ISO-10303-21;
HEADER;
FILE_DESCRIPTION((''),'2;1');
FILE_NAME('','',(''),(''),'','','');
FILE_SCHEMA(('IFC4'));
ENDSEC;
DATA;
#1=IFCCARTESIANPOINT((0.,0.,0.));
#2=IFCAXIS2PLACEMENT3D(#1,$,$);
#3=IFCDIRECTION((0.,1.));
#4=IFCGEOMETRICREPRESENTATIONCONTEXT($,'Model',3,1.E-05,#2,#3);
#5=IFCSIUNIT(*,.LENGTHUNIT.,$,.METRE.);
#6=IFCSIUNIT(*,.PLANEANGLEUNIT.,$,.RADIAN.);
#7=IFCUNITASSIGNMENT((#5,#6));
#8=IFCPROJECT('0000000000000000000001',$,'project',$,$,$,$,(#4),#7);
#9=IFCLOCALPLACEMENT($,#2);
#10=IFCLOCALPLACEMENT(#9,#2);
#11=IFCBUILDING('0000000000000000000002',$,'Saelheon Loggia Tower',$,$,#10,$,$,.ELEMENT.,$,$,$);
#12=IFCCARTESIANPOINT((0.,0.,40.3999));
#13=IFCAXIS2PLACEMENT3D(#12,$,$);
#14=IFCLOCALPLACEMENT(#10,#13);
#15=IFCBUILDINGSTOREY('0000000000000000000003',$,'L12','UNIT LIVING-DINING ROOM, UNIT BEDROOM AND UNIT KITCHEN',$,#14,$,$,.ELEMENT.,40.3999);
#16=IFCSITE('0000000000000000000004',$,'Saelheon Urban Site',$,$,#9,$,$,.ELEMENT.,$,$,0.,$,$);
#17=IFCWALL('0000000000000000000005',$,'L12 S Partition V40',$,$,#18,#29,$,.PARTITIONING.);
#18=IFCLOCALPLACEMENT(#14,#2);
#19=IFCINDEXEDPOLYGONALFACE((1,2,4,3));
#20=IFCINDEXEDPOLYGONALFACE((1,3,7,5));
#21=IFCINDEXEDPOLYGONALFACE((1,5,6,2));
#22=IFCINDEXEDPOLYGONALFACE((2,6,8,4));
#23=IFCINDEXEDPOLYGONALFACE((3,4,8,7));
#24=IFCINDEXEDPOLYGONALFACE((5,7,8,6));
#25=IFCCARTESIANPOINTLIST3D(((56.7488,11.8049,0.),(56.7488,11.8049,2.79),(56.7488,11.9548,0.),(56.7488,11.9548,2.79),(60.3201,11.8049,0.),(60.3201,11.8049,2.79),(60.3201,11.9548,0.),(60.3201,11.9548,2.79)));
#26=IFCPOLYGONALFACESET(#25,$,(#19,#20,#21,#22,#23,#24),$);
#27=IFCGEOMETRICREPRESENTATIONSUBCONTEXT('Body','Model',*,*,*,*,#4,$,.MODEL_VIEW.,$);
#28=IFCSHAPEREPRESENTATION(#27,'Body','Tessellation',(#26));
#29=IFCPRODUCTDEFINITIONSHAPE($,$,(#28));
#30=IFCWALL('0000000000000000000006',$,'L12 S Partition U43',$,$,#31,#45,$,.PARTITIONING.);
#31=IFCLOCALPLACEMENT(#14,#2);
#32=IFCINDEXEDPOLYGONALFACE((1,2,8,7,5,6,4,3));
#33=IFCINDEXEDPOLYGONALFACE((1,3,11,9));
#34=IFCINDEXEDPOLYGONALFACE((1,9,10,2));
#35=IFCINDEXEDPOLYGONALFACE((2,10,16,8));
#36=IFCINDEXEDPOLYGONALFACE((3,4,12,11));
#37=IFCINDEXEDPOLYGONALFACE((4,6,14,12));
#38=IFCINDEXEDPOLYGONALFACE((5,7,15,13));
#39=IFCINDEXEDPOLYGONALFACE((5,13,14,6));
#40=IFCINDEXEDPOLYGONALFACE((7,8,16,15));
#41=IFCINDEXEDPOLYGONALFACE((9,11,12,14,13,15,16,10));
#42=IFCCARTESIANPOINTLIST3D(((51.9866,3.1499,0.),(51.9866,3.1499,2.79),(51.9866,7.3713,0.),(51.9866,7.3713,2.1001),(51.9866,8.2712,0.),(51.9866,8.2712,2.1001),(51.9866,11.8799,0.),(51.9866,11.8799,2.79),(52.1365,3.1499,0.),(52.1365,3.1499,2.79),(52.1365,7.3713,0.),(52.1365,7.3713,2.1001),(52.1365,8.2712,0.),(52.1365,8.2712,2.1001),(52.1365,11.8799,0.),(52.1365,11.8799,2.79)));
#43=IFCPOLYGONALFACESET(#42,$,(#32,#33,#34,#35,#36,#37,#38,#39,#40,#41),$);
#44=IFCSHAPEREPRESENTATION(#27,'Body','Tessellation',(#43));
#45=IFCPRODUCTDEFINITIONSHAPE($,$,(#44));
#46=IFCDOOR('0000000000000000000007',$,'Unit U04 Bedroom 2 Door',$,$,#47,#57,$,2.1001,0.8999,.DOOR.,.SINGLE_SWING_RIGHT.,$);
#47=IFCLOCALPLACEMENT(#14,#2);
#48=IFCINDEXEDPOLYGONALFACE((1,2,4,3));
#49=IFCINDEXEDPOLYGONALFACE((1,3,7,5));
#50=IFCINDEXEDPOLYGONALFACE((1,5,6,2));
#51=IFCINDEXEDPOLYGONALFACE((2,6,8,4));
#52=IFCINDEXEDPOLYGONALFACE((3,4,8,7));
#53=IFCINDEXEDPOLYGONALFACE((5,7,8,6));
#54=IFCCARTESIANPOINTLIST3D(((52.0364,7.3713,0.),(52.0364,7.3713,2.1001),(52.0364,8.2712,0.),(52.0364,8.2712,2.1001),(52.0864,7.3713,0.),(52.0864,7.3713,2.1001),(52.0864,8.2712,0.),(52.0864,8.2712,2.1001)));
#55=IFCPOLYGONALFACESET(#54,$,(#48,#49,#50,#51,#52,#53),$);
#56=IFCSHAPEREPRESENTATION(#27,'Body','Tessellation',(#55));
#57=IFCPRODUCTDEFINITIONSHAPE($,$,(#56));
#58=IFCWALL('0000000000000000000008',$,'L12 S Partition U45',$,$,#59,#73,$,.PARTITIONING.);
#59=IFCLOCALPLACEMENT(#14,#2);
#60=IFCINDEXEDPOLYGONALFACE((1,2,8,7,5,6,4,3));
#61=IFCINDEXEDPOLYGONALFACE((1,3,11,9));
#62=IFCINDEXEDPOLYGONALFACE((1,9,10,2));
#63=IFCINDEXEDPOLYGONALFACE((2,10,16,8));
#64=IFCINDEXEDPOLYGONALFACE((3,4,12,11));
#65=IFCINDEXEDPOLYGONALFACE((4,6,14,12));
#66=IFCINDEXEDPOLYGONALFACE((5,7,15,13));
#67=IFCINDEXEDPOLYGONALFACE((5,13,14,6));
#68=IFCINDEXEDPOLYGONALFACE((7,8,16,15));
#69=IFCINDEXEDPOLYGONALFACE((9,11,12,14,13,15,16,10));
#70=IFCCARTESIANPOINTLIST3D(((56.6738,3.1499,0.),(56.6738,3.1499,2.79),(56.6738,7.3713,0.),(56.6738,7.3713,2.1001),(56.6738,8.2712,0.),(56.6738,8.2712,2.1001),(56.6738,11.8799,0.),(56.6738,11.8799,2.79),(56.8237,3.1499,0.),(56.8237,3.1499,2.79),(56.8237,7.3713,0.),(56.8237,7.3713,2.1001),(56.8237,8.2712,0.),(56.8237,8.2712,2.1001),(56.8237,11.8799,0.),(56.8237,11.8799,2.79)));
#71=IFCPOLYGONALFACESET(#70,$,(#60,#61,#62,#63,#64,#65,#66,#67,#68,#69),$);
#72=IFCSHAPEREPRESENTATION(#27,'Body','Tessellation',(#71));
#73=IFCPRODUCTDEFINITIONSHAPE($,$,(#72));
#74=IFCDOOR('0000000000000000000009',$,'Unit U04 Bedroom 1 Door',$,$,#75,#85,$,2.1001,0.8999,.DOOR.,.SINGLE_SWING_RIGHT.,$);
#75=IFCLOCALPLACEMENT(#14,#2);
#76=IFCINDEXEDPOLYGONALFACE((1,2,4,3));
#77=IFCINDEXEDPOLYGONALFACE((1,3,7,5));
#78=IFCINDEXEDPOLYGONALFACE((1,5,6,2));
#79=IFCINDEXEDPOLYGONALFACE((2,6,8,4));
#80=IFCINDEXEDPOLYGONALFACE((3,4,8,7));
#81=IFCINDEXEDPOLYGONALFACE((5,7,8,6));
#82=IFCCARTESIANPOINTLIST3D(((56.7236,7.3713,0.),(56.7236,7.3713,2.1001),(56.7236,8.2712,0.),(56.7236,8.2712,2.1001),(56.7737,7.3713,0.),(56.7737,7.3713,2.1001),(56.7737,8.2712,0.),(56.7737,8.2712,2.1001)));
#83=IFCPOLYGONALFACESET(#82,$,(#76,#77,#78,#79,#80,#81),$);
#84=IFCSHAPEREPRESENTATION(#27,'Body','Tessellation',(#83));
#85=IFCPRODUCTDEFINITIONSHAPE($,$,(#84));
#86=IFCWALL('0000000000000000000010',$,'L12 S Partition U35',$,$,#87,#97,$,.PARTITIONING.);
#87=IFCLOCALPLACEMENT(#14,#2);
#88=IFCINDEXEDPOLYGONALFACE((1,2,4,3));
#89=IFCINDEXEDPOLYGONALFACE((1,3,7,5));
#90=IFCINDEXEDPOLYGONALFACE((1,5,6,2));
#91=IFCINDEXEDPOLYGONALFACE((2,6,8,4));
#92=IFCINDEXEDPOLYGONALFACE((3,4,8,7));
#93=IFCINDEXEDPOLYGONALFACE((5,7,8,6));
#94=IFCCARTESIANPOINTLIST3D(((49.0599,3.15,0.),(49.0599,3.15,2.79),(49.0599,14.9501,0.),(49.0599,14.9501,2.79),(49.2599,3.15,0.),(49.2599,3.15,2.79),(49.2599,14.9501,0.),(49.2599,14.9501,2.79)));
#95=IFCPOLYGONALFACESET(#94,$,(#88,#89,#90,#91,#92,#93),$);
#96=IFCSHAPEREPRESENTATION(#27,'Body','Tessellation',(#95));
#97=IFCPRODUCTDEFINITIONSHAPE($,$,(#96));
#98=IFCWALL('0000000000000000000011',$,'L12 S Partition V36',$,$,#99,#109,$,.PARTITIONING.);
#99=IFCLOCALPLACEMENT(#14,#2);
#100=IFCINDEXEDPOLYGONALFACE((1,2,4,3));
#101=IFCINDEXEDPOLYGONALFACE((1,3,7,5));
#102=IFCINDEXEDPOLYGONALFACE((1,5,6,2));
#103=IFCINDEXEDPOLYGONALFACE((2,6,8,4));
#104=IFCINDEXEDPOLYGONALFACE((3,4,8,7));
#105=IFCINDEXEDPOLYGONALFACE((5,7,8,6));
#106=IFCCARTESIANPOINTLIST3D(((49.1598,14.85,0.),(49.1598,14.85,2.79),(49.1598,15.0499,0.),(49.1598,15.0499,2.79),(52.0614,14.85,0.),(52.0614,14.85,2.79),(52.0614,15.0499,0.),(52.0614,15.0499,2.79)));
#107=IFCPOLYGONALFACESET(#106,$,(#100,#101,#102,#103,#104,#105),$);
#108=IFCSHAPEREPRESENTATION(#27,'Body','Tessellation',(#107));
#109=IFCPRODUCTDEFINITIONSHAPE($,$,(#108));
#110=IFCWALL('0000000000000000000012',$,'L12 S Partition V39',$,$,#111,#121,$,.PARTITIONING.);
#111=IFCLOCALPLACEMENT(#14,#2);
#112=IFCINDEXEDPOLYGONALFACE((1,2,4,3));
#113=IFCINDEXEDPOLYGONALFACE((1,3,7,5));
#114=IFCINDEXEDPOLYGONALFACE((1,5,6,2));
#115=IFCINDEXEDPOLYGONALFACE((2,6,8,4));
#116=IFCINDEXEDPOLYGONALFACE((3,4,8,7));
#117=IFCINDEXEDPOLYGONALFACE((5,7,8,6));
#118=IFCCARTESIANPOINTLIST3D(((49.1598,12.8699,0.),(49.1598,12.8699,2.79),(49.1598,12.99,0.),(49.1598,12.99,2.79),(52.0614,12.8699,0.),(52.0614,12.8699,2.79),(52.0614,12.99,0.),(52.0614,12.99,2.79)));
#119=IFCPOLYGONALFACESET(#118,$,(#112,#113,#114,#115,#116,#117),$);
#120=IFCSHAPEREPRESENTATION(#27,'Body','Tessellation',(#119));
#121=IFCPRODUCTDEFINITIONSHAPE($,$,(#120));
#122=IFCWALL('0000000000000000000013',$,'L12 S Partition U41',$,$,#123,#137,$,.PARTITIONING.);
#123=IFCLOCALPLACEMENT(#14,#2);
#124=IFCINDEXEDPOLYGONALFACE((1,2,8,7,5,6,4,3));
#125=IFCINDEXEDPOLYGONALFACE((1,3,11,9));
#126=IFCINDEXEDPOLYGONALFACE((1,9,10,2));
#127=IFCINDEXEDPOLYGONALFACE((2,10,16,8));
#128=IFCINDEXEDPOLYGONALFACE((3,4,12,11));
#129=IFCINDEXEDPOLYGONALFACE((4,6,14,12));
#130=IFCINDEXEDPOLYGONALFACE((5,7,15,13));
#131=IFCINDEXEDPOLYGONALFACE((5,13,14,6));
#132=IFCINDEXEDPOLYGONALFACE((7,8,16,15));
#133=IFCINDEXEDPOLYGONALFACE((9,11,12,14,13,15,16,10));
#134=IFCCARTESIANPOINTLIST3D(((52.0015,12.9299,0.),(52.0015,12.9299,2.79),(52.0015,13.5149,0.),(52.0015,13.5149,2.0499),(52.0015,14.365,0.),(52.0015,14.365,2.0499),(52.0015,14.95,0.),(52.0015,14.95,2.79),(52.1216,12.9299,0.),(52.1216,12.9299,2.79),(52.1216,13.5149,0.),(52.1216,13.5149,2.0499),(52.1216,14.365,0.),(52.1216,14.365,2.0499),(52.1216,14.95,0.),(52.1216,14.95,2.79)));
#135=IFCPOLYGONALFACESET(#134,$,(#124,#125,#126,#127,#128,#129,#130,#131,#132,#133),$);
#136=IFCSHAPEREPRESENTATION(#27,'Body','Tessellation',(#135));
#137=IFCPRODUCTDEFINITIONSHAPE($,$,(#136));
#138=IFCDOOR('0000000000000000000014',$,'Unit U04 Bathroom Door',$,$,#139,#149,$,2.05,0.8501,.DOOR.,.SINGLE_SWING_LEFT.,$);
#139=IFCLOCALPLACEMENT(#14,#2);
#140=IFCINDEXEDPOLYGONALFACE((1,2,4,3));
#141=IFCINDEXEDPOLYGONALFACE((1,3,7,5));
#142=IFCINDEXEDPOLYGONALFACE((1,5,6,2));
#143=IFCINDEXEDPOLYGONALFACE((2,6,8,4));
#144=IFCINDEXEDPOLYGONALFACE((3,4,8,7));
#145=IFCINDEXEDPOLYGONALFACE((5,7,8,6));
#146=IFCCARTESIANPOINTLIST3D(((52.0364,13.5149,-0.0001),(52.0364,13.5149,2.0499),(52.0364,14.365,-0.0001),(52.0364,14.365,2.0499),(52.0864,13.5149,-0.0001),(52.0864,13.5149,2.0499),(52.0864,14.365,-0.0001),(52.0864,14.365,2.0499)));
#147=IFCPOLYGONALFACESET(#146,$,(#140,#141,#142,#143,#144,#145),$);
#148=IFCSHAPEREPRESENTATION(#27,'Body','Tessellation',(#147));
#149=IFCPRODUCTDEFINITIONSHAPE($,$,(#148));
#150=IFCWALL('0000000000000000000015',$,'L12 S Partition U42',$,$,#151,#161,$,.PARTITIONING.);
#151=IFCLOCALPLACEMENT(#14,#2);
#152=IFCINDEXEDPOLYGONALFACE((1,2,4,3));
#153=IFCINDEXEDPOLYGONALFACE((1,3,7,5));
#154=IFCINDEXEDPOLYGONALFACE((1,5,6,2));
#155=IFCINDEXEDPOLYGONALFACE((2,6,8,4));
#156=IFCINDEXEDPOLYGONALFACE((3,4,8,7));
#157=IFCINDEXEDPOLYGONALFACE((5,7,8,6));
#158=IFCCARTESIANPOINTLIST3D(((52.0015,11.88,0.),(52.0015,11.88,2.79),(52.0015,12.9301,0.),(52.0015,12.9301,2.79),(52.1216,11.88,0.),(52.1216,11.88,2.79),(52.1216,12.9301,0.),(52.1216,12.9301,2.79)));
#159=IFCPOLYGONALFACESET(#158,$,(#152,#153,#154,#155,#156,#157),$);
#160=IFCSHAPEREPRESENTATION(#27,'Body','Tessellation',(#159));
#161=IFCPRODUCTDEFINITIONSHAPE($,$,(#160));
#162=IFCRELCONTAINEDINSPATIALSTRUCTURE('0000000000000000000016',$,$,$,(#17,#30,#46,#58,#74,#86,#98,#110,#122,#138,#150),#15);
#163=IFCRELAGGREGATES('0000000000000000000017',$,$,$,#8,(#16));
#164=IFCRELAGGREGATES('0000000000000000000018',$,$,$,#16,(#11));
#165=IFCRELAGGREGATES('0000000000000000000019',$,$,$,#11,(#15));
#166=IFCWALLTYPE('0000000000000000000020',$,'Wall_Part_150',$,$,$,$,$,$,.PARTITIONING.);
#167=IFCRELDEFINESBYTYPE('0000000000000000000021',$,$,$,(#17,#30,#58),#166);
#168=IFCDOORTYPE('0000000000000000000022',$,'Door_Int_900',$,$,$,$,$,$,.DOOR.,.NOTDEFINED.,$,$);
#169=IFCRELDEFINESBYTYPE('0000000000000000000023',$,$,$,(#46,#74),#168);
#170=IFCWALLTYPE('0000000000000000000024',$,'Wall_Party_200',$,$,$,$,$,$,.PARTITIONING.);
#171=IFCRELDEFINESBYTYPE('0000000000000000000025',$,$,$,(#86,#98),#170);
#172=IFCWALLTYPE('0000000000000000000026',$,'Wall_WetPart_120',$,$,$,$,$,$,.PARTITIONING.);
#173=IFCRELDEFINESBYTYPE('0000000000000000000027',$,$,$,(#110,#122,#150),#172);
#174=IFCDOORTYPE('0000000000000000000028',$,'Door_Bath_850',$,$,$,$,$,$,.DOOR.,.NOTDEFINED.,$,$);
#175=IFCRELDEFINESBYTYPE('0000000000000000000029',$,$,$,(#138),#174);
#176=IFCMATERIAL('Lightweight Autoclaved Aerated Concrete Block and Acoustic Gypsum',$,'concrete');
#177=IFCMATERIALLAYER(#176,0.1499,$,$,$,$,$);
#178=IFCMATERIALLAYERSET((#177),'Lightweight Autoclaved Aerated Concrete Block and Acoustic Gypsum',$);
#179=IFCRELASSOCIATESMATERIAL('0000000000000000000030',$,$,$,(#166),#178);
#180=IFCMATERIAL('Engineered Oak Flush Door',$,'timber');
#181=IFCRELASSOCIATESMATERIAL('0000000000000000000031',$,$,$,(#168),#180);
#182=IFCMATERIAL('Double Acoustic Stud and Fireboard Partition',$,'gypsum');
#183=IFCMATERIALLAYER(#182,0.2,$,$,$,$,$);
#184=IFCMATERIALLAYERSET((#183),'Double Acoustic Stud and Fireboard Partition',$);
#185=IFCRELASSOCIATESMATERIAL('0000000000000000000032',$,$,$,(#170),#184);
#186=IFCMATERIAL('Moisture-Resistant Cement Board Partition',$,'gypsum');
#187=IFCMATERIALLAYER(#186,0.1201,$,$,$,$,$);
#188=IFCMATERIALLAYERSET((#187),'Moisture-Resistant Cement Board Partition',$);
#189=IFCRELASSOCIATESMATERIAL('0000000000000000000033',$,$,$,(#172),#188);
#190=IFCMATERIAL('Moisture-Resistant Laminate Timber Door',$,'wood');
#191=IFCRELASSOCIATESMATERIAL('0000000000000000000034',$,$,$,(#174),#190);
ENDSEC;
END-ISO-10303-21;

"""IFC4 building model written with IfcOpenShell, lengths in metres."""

from ifc_helpers import new_model, si_unit, direction, frame, frame_2d, origin, place, context, subcontext, project, spatial, rectangle, extrude, source, transform, mapped, material, layer, layer_set, type_object, element, fill, save


model = new_model("IFC4")

# Units and contexts
model_context = context("Model", 3, precision=1e-05, world=origin(), true_north=direction((0.0, 1.0)))
body_context = subcontext(model_context, "Body", "Model", "MODEL_VIEW")
ifc_project = project(units=[si_unit("LENGTHUNIT", "METRE"), si_unit("PLANEANGLEUNIT", "RADIAN")], contexts=[model_context])

# Site, building, storey
site_placement = place(None, origin())
site = spatial("IfcSite", under=ifc_project, at=site_placement, Name="Saelheon Urban Site", CompositionType="ELEMENT", RefElevation=0.0)
building_placement = place(site_placement, origin())
building = spatial("IfcBuilding", under=site, at=building_placement, Name="Saelheon Loggia Tower", CompositionType="ELEMENT")
storey_placement = place(building_placement, frame((0.0, 0.0, 40.3999)))
storey = spatial("IfcBuildingStorey", under=building, at=storey_placement, Name="L12", Description="UNIT LIVING-DINING ROOM, UNIT BEDROOM AND UNIT KITCHEN", CompositionType="ELEMENT", Elevation=40.3999)

# Wall
ifc_material_1 = material(Name="Lightweight Autoclaved Aerated Concrete Block and Acoustic Gypsum", Category="concrete")
ifc_layer_1 = layer(ifc_material_1, 0.1499)
ifc_layer_set_1 = layer_set([ifc_layer_1], Name="Lightweight Autoclaved Aerated Concrete Block and Acoustic Gypsum")
wall_type_1 = type_object("IfcWallType", Name="Wall_Part_150", PredefinedType="PARTITIONING", material=ifc_layer_set_1)
wall_1_placement = place(storey_placement, frame((56.7488, 11.8799, 0.0), z_axis=(0.0, 0.0, 1.0), x_axis=(1.0, 0.0, 0.0)))
element("IfcWall", 1, at=wall_1_placement, inside=storey, type_object=wall_type_1, Name="L12 S Partition V40", PredefinedType="PARTITIONING", context=body_context, shape_type="SweptSolid", body=[
    extrude(rectangle(XDim=3.5713, YDim=0.1499, at=frame_2d((1.7856, 0.0))), origin(), (0.0, 0.0, 1.0), 2.79),
])

# Walls, openings, doors
wall_2_placement = place(storey_placement, frame((52.0615, 11.8799, 0.0), z_axis=(0.0, 0.0, 1.0), x_axis=(0.0, -1.0, 0.0)))
wall_2 = element("IfcWall", 2, at=wall_2_placement, inside=storey, type_object=wall_type_1, Name="L12 S Partition U43", PredefinedType="PARTITIONING", context=body_context, shape_type="SweptSolid", body=[
    extrude(rectangle(XDim=8.73, YDim=0.1499, at=frame_2d((4.365, 0.0))), origin(), (0.0, 0.0, 1.0), 2.79),
])
opening_1_placement = place(wall_2_placement, frame((3.6086, 0.0, 0.0)))
opening_1 = element("IfcOpeningElement", 3, at=opening_1_placement, cuts=wall_2, PredefinedType="OPENING", context=body_context, shape_type="SweptSolid", body=[
    extrude(rectangle(XDim=0.8999, YDim=2.1001, at=frame_2d((0.45, 1.05))), frame((0.0, 0.0869, 0.0), z_axis=(0.0, -1.0, 0.0), x_axis=(1.0, 0.0, 0.0)), (0.0, 0.0, 1.0), 0.1738),
])
ifc_material_2 = material(Name="Engineered Oak Flush Door", Category="timber")
door_type_1 = type_object("IfcDoorType", Name="Door_Int_900", OperationType="NOTDEFINED", PredefinedType="DOOR", material=ifc_material_2)
shared_shape_1 = source(origin(), body_context, "Body", "SweptSolid", [
    extrude(rectangle(XDim=0.8999, YDim=2.1001, at=frame_2d((0.45, 1.05))), frame((0.0, 0.0249, 0.0), z_axis=(0.0, -1.0, 0.0), x_axis=(1.0, 0.0, 0.0)), (0.0, 0.0, 1.0), 0.05),
])
door_1_placement = place(opening_1_placement, origin())
door_1 = element("IfcDoor", 4, at=door_1_placement, inside=storey, type_object=door_type_1, Name="Unit U04 Bedroom 2 Door", OperationType="SINGLE_SWING_RIGHT", OverallHeight=2.1001, OverallWidth=0.8999, PredefinedType="DOOR", context=body_context, shape_type="MappedRepresentation", body=[
    mapped(shared_shape_1, transform((0.0, 0.0, 0.0), scale=1.0)),
])
fill(opening_1, door_1)
wall_3_placement = place(storey_placement, frame((56.7488, 11.8799, 0.0), z_axis=(0.0, 0.0, 1.0), x_axis=(0.0, -1.0, 0.0)))
wall_3 = element("IfcWall", 5, at=wall_3_placement, inside=storey, type_object=wall_type_1, Name="L12 S Partition U45", PredefinedType="PARTITIONING", context=body_context, shape_type="SweptSolid", body=[
    extrude(rectangle(XDim=8.73, YDim=0.1499, at=frame_2d((4.365, 0.0))), origin(), (0.0, 0.0, 1.0), 2.79),
])
opening_2_placement = place(wall_3_placement, frame((3.6086, 0.0, 0.0)))
opening_2 = element("IfcOpeningElement", 6, at=opening_2_placement, cuts=wall_3, PredefinedType="OPENING", context=body_context, shape_type="SweptSolid", body=[
    extrude(rectangle(XDim=0.8999, YDim=2.1001, at=frame_2d((0.45, 1.05))), frame((0.0, 0.0869, 0.0), z_axis=(0.0, -1.0, 0.0), x_axis=(1.0, 0.0, 0.0)), (0.0, 0.0, 1.0), 0.1738),
])
door_2_placement = place(opening_2_placement, origin())
door_2 = element("IfcDoor", 7, at=door_2_placement, inside=storey, type_object=door_type_1, Name="Unit U04 Bedroom 1 Door", OperationType="SINGLE_SWING_RIGHT", OverallHeight=2.1001, OverallWidth=0.8999, PredefinedType="DOOR", context=body_context, shape_type="MappedRepresentation", body=[
    mapped(shared_shape_1, transform((0.0, 0.0, 0.0), scale=1.0)),
])
fill(opening_2, door_2)

# Walls
ifc_material_3 = material(Name="Double Acoustic Stud and Fireboard Partition", Category="gypsum")
ifc_layer_2 = layer(ifc_material_3, 0.2)
ifc_layer_set_2 = layer_set([ifc_layer_2], Name="Double Acoustic Stud and Fireboard Partition")
wall_type_2 = type_object("IfcWallType", Name="Wall_Party_200", PredefinedType="PARTITIONING", material=ifc_layer_set_2)
wall_4_placement = place(storey_placement, frame((49.1599, 14.95, 0.0), z_axis=(0.0, 0.0, 1.0), x_axis=(0.0, -1.0, 0.0)))
element("IfcWall", 8, at=wall_4_placement, inside=storey, type_object=wall_type_2, Name="L12 S Partition U35", PredefinedType="PARTITIONING", context=body_context, shape_type="SweptSolid", body=[
    extrude(rectangle(XDim=11.8, YDim=0.2, at=frame_2d((5.8999, 0.0))), origin(), (0.0, 0.0, 1.0), 2.79),
])
wall_5_placement = place(storey_placement, frame((49.1599, 14.95, 0.0), z_axis=(0.0, 0.0, 1.0), x_axis=(1.0, 0.0, 0.0)))
element("IfcWall", 9, at=wall_5_placement, inside=storey, type_object=wall_type_2, Name="L12 S Partition V36", PredefinedType="PARTITIONING", context=body_context, shape_type="SweptSolid", body=[
    extrude(rectangle(XDim=2.9016, YDim=0.2, at=frame_2d((1.4507, 0.0))), origin(), (0.0, 0.0, 1.0), 2.79),
])

# Wall
ifc_material_4 = material(Name="Moisture-Resistant Cement Board Partition", Category="gypsum")
ifc_layer_3 = layer(ifc_material_4, 0.1201)
ifc_layer_set_3 = layer_set([ifc_layer_3], Name="Moisture-Resistant Cement Board Partition")
wall_type_3 = type_object("IfcWallType", Name="Wall_WetPart_120", PredefinedType="PARTITIONING", material=ifc_layer_set_3)
wall_6_placement = place(storey_placement, frame((49.1599, 12.9299, 0.0), z_axis=(0.0, 0.0, 1.0), x_axis=(1.0, 0.0, 0.0)))
element("IfcWall", 10, at=wall_6_placement, inside=storey, type_object=wall_type_3, Name="L12 S Partition V39", PredefinedType="PARTITIONING", context=body_context, shape_type="SweptSolid", body=[
    extrude(rectangle(XDim=2.9016, YDim=0.1201, at=frame_2d((1.4507, 0.0))), origin(), (0.0, 0.0, 1.0), 2.79),
])

# Wall, opening, door
wall_7_placement = place(storey_placement, frame((52.0615, 14.95, 0.0), z_axis=(0.0, 0.0, 1.0), x_axis=(0.0, -1.0, 0.0)))
wall_7 = element("IfcWall", 11, at=wall_7_placement, inside=storey, type_object=wall_type_3, Name="L12 S Partition U41", PredefinedType="PARTITIONING", context=body_context, shape_type="SweptSolid", body=[
    extrude(rectangle(XDim=2.02, YDim=0.1201, at=frame_2d((1.01, 0.0))), origin(), (0.0, 0.0, 1.0), 2.79),
])
opening_3_placement = place(wall_7_placement, frame((0.585, 0.0, 0.0)))
opening_3 = element("IfcOpeningElement", 12, at=opening_3_placement, cuts=wall_7, PredefinedType="OPENING", context=body_context, shape_type="SweptSolid", body=[
    extrude(rectangle(XDim=0.8501, YDim=2.05, at=frame_2d((0.425, 1.0249))), frame((0.0, 0.072, 0.0), z_axis=(0.0, -1.0, 0.0), x_axis=(1.0, 0.0, 0.0)), (0.0, 0.0, 1.0), 0.144),
])
ifc_material_5 = material(Name="Moisture-Resistant Laminate Timber Door", Category="wood")
door_type_2 = type_object("IfcDoorType", Name="Door_Bath_850", OperationType="NOTDEFINED", PredefinedType="DOOR", material=ifc_material_5)
shared_shape_2 = source(origin(), body_context, "Body", "SweptSolid", [
    extrude(rectangle(XDim=0.8501, YDim=2.05, at=frame_2d((0.425, 1.0249))), frame((0.0, 0.0249, 0.0), z_axis=(0.0, -1.0, 0.0), x_axis=(1.0, 0.0, 0.0)), (0.0, 0.0, 1.0), 0.05),
])
door_3_placement = place(opening_3_placement, origin())
door_3 = element("IfcDoor", 13, at=door_3_placement, inside=storey, type_object=door_type_2, Name="Unit U04 Bathroom Door", OperationType="SINGLE_SWING_LEFT", OverallHeight=2.05, OverallWidth=0.8501, PredefinedType="DOOR", context=body_context, shape_type="MappedRepresentation", body=[
    mapped(shared_shape_2, transform((0.0, 0.0, 0.0), scale=1.0)),
])
fill(opening_3, door_3)

# Wall
wall_8_placement = place(storey_placement, frame((52.0615, 12.9299, 0.0), z_axis=(0.0, 0.0, 1.0), x_axis=(0.0, -1.0, 0.0)))
element("IfcWall", 14, at=wall_8_placement, inside=storey, type_object=wall_type_3, Name="L12 S Partition U42", PredefinedType="PARTITIONING", context=body_context, shape_type="SweptSolid", body=[
    extrude(rectangle(XDim=1.05, YDim=0.1201, at=frame_2d((0.5249, 0.0))), origin(), (0.0, 0.0, 1.0), 2.79),
])

save(model, "model.ifc")
